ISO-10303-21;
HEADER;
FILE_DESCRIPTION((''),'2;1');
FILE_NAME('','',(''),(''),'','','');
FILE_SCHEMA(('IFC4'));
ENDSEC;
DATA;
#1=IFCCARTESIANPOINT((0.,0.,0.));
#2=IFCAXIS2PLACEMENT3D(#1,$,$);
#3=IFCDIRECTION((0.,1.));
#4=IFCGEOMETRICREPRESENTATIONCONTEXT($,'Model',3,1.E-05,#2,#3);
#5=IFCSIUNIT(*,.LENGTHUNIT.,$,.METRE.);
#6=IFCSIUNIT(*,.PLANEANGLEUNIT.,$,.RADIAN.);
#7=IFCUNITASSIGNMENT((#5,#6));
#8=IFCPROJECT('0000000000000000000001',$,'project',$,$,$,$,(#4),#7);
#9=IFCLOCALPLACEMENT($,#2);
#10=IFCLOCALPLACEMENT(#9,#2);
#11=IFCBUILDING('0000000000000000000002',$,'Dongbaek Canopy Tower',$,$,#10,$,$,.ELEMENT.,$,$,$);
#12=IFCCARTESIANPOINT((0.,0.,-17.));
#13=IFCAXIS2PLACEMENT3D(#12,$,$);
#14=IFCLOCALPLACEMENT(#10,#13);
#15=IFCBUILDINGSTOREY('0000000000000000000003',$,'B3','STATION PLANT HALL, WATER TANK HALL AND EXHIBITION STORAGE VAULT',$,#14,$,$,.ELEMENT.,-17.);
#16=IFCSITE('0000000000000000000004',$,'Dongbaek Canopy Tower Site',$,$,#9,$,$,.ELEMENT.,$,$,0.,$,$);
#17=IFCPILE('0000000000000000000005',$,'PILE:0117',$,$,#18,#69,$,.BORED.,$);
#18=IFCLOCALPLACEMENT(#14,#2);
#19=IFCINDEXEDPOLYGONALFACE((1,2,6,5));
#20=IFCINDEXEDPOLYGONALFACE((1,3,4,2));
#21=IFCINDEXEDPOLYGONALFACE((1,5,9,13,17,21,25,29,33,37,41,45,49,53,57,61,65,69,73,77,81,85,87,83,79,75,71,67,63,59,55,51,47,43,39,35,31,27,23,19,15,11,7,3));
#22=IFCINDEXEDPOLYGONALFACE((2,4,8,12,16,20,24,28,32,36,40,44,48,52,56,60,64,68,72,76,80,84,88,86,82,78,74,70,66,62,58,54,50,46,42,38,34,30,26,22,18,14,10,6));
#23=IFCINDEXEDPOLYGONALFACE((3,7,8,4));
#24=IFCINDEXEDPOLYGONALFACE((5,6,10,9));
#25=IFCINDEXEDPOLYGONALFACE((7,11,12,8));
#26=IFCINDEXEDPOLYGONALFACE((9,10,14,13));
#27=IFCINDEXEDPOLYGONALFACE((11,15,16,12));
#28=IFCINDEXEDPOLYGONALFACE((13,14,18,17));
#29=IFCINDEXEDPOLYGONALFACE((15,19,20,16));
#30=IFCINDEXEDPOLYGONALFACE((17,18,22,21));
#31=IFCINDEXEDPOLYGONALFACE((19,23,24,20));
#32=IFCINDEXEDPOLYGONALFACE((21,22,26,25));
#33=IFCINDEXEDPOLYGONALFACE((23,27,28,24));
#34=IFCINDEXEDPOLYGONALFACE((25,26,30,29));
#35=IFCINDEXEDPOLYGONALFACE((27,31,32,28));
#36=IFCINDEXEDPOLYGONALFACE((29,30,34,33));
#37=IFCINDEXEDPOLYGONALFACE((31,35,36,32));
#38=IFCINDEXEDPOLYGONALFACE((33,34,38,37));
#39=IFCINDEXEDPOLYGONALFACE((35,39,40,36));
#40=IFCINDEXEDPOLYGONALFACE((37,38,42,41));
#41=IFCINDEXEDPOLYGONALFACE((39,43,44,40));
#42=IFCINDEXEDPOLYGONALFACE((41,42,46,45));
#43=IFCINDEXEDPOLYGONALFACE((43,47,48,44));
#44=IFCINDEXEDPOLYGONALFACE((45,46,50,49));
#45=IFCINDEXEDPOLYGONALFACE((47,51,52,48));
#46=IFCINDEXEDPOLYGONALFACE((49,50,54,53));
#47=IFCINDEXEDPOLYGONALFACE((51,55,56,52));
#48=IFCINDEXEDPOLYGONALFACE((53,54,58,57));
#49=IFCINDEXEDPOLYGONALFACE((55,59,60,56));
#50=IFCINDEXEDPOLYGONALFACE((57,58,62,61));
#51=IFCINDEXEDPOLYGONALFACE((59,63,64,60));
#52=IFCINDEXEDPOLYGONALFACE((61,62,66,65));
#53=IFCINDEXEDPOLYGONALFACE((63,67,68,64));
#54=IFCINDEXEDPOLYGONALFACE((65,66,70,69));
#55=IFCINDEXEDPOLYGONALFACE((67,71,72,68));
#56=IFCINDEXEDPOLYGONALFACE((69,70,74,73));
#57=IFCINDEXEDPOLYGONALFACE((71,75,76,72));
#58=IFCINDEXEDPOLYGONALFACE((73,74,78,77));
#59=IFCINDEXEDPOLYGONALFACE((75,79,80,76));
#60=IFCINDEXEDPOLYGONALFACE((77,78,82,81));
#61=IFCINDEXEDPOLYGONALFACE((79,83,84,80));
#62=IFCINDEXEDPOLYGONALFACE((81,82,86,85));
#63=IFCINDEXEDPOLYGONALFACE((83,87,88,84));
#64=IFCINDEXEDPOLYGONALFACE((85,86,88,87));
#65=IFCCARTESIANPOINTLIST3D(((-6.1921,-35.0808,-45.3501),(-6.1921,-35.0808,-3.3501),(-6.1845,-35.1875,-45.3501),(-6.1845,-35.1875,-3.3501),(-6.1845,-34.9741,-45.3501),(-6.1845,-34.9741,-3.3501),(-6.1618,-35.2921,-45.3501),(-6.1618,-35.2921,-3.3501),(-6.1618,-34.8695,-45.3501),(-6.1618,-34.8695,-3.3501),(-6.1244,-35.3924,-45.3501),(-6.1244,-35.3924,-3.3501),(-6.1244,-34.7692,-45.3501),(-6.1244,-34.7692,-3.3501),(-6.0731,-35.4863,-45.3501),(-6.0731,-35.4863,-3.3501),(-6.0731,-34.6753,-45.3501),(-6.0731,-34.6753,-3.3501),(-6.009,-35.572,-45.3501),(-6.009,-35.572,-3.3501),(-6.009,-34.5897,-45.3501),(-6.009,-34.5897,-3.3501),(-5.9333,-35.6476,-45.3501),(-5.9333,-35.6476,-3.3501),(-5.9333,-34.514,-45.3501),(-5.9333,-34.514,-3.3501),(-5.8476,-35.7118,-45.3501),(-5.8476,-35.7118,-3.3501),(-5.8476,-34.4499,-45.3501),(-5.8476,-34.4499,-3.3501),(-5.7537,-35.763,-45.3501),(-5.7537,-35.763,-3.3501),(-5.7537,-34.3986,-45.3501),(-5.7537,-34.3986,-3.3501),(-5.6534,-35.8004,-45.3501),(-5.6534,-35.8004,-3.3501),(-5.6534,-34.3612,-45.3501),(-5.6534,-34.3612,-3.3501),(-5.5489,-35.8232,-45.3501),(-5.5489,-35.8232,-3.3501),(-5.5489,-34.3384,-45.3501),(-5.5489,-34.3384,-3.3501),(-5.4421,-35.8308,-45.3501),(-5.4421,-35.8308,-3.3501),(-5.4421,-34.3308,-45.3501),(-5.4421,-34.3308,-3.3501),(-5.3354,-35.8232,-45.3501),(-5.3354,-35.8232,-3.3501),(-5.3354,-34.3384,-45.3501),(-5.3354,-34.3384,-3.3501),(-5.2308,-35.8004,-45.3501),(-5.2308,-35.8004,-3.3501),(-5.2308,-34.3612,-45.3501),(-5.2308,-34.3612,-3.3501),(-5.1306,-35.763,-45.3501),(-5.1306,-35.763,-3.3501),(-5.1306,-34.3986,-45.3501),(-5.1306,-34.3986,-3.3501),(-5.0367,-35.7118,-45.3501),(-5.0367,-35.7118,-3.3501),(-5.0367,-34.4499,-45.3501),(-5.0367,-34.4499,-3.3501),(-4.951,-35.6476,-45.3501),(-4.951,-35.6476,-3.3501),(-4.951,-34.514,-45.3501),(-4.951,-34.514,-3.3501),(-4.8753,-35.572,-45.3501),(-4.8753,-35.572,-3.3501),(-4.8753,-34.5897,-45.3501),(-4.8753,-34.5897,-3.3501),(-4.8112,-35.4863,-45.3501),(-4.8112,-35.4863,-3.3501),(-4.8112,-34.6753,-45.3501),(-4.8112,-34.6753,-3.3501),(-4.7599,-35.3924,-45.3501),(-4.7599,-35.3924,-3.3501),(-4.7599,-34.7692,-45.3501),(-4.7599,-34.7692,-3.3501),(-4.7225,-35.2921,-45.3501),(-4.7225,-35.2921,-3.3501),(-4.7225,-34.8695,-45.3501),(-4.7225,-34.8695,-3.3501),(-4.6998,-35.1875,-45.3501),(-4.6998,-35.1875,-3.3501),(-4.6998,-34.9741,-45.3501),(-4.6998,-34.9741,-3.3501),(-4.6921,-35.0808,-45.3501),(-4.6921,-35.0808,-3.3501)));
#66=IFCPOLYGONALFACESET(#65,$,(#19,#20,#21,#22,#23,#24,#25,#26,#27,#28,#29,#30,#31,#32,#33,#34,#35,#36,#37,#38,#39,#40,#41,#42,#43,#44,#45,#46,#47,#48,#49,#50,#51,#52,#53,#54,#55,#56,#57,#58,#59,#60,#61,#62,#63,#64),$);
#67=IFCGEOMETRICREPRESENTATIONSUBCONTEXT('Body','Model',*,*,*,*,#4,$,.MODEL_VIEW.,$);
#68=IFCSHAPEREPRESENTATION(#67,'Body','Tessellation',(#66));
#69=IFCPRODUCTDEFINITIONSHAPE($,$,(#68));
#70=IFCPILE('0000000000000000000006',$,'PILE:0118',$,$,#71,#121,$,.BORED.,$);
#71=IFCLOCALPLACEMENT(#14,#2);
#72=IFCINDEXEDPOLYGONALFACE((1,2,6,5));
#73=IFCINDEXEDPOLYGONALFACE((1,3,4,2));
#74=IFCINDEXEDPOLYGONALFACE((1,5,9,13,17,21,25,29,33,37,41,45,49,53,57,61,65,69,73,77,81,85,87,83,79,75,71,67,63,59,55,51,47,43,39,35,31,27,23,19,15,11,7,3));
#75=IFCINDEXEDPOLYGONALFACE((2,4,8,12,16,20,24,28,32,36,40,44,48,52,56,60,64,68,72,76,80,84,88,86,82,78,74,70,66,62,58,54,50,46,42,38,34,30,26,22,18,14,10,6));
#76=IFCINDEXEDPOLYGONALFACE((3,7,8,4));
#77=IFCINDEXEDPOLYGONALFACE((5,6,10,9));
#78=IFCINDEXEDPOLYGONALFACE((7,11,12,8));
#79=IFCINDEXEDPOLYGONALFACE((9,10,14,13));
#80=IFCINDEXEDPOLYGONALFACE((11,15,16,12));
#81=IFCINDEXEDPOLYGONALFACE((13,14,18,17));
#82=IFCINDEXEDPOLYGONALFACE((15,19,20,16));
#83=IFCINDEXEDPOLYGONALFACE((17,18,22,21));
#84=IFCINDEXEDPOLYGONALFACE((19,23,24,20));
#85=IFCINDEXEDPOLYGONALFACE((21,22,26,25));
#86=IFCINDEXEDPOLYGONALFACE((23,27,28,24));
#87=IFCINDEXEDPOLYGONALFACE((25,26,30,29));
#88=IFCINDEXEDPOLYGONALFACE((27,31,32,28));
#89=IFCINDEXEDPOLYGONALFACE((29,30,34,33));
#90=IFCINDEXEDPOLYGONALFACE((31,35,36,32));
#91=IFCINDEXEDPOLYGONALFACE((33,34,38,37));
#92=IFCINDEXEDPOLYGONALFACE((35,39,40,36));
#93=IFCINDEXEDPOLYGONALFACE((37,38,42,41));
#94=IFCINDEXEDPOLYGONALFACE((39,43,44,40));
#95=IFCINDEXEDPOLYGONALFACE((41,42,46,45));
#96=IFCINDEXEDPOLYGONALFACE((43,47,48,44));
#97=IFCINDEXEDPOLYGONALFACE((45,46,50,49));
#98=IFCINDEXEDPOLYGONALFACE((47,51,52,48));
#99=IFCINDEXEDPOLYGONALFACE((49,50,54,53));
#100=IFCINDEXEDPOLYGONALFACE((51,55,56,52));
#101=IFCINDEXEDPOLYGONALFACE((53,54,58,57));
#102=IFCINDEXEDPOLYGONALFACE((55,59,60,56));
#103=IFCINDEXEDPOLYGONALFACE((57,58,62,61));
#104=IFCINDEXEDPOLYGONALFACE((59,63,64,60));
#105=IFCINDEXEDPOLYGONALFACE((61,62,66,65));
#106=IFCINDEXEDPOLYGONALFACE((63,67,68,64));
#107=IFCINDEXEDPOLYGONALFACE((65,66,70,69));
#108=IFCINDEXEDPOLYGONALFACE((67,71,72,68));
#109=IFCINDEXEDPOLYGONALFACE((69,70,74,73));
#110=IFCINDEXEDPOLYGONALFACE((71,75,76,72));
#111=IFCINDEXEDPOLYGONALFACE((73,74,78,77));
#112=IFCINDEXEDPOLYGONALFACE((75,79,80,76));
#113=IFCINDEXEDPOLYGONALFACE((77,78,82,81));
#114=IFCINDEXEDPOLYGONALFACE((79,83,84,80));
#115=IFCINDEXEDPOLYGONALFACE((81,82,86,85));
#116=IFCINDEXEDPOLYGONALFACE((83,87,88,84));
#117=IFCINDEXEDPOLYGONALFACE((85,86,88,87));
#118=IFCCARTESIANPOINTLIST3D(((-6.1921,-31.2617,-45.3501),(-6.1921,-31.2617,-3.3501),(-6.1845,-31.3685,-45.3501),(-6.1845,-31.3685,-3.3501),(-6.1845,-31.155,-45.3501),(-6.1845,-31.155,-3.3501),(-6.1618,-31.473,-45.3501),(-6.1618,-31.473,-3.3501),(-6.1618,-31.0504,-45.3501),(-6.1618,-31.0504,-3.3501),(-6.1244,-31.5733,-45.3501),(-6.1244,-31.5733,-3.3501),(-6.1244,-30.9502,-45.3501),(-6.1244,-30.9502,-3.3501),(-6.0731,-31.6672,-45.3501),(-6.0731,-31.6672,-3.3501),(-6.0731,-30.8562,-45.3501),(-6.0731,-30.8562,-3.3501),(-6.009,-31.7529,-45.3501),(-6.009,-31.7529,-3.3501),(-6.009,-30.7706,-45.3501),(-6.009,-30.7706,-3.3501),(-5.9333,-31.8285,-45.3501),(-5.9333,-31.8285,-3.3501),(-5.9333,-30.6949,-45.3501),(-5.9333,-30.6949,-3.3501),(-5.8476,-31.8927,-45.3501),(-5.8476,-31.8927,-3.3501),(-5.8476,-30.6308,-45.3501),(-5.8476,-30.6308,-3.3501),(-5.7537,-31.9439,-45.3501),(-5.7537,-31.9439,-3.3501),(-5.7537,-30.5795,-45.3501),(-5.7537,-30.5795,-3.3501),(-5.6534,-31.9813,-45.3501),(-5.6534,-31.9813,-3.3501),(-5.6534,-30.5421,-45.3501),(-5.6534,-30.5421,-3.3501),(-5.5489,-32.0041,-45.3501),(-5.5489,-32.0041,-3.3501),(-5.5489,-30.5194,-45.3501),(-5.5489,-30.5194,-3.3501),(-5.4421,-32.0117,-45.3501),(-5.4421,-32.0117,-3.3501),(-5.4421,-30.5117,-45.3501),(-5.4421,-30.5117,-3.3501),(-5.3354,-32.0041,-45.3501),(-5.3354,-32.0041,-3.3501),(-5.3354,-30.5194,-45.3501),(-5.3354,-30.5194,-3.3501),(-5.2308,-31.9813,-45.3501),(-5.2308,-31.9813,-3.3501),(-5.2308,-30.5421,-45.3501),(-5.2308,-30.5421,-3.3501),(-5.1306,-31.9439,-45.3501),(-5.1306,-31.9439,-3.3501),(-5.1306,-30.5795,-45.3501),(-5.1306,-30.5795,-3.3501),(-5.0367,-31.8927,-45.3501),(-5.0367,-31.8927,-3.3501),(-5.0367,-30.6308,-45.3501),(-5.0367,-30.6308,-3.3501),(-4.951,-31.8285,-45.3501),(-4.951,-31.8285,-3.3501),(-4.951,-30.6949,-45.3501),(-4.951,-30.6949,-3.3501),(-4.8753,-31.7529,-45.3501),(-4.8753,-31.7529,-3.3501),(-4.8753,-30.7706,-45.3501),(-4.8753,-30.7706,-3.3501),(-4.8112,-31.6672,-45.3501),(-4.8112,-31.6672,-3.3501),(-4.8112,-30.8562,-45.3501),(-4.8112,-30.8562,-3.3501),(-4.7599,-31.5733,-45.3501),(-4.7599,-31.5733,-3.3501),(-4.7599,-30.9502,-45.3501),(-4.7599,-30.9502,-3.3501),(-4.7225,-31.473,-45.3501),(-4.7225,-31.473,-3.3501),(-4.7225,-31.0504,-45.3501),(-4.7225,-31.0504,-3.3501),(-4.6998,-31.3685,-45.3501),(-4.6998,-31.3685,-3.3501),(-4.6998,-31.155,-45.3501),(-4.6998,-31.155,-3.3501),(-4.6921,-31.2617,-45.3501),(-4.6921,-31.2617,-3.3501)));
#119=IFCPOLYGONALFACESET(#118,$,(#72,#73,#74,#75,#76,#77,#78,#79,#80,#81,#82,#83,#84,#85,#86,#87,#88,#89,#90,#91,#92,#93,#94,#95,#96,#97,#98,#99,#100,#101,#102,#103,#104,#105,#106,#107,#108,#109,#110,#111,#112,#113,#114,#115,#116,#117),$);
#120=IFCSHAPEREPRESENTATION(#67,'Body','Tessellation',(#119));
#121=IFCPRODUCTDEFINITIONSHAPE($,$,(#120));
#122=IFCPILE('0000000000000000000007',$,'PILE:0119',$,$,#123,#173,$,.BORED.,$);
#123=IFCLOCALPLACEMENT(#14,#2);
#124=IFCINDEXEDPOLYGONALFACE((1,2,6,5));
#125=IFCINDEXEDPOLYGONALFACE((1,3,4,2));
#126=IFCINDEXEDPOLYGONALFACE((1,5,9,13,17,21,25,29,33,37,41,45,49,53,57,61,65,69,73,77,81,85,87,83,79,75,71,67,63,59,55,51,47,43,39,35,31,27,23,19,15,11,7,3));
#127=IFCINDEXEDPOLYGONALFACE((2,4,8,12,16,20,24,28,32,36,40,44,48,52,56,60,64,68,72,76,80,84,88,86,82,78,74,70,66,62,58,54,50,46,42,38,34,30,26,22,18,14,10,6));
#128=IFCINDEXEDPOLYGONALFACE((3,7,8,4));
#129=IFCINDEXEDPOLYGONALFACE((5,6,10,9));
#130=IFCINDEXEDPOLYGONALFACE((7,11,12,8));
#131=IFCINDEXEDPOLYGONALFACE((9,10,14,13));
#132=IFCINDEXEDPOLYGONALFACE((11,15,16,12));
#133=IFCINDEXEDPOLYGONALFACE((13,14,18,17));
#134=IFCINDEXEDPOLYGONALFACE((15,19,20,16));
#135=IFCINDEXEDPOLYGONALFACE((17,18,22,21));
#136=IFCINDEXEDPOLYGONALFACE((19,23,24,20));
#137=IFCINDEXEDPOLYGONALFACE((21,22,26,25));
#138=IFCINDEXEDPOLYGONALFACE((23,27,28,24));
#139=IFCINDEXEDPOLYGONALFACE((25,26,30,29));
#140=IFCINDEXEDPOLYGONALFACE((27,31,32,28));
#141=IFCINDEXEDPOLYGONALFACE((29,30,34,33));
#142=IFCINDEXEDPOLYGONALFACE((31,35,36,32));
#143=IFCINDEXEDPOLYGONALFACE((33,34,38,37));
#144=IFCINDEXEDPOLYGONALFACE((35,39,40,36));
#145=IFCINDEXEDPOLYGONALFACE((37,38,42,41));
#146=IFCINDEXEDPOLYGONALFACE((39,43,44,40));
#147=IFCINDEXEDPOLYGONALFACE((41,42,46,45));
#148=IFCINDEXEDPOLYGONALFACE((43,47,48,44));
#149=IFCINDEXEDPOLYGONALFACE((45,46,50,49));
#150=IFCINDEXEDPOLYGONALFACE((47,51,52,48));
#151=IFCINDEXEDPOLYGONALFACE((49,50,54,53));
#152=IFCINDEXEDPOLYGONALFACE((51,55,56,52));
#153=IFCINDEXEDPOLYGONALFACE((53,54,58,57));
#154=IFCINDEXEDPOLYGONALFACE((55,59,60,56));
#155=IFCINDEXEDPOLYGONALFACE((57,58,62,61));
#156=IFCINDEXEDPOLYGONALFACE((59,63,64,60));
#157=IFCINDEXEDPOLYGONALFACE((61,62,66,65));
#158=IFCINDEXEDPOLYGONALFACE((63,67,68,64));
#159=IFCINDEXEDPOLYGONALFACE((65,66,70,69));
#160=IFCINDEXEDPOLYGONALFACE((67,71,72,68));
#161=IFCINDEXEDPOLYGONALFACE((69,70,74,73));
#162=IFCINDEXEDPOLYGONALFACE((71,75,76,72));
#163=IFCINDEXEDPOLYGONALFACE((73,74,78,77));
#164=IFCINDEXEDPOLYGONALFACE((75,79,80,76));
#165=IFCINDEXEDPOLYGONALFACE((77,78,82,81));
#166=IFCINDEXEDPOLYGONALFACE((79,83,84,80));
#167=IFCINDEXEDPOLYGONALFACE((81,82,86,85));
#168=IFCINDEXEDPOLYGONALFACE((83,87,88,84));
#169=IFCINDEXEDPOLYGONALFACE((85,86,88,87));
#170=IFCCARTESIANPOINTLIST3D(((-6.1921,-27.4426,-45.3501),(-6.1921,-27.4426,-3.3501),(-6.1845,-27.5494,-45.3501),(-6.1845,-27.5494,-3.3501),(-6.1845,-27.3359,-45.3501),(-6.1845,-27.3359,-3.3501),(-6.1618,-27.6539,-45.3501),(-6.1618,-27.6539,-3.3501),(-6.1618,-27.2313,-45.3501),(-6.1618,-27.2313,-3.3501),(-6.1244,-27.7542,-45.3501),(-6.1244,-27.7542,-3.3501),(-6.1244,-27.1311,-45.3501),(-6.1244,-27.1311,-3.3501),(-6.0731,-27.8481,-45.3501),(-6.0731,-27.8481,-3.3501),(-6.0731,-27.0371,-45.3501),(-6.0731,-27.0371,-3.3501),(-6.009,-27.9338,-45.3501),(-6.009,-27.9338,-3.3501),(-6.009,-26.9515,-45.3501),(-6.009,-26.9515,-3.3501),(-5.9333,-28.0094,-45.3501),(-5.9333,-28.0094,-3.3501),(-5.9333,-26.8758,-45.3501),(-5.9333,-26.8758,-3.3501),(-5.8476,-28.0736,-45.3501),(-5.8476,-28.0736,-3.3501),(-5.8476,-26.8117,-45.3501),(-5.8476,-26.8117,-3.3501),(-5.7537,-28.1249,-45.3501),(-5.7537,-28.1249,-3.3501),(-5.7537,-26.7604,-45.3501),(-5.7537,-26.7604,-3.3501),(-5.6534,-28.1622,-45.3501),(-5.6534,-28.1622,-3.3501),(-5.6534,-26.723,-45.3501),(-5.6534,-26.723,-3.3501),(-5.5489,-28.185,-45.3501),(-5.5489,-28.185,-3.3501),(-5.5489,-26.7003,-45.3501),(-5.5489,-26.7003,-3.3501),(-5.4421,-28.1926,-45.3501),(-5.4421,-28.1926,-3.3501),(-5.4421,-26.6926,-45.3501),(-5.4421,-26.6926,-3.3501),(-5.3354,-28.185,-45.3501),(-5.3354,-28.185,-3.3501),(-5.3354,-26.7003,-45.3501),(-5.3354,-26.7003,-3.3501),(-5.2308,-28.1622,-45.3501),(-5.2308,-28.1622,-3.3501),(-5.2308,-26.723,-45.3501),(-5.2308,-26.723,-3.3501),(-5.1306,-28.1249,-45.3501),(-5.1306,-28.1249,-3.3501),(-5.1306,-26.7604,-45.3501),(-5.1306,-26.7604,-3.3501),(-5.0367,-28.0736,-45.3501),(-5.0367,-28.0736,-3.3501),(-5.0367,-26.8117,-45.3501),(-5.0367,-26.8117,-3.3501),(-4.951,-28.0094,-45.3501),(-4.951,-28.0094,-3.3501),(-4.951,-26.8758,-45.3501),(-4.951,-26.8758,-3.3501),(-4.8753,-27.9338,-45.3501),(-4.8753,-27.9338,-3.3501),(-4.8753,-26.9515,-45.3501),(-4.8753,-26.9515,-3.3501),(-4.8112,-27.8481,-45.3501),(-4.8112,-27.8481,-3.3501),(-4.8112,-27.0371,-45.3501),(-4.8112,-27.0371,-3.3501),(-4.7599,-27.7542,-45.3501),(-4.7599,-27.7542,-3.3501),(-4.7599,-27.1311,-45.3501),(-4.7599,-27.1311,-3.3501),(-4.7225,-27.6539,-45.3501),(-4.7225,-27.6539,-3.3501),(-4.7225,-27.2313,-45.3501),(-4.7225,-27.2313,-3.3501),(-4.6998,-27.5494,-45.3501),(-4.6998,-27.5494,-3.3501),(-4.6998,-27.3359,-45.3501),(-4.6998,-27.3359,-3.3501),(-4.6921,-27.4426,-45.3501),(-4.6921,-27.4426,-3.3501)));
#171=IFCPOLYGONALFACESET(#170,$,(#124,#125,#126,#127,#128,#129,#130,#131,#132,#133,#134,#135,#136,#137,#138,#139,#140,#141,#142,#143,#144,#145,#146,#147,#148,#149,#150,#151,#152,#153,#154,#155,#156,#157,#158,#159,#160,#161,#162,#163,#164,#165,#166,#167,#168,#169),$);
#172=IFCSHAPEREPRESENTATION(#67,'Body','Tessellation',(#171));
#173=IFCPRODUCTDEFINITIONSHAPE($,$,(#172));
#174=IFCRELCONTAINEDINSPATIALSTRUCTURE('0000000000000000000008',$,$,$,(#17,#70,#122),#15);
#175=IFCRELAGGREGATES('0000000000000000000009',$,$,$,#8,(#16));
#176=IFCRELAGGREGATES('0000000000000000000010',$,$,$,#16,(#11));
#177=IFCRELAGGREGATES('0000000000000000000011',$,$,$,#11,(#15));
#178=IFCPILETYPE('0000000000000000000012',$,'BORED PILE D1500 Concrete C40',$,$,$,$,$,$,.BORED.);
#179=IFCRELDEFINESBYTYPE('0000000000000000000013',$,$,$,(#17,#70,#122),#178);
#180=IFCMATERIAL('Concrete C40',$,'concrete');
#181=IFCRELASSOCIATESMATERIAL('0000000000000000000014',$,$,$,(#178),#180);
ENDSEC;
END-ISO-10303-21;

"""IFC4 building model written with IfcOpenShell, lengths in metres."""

from ifc_helpers import new_model, si_unit, direction, frame, origin, origin_2d, place, context, subcontext, project, spatial, circle, extrude, material, material_profile, profile_set, type_object, element, save


model = new_model("IFC4")

# Units and contexts
model_context = context("Model", 3, precision=1e-05, world=origin(), true_north=direction((0.0, 1.0)))
body_context = subcontext(model_context, "Body", "Model", "MODEL_VIEW")
ifc_project = project(units=[si_unit("LENGTHUNIT", "METRE"), si_unit("PLANEANGLEUNIT", "RADIAN")], contexts=[model_context])

# Site, building, storey
site_placement = place(None, origin())
site = spatial("IfcSite", under=ifc_project, at=site_placement, Name="Dongbaek Canopy Tower Site", CompositionType="ELEMENT", RefElevation=0.0)
building_placement = place(site_placement, origin())
building = spatial("IfcBuilding", under=site, at=building_placement, Name="Dongbaek Canopy Tower", CompositionType="ELEMENT")
storey_placement = place(building_placement, frame((0.0, 0.0, -17.0)))
storey = spatial("IfcBuildingStorey", under=building, at=storey_placement, Name="B3", Description="STATION PLANT HALL, WATER TANK HALL AND EXHIBITION STORAGE VAULT", CompositionType="ELEMENT", Elevation=-17.0)

# Piles
ifc_material_1 = material(Name="Concrete C40", Category="concrete")
ifc_material_profile_1 = material_profile(ifc_material_1, circle(Radius=0.75, at=origin_2d()), Name="BORED PILE D1500 Concrete C40")
ifc_profile_set_1 = profile_set([ifc_material_profile_1], Name="Concrete C40")
pile_type = type_object("IfcPileType", Name="BORED PILE D1500 Concrete C40", PredefinedType="BORED", material=ifc_profile_set_1)
for number, where, z_axis, x_axis, name in (
    (1, (-5.4421, -35.0808, -3.3501), (0.0, 0.0, -1.0), (1.0, 0.0, 0.0), "PILE:0117"),
    (2, (-5.4421, -31.2617, -3.3501), (0.0, 0.0, -1.0), (1.0, 0.0, 0.0), "PILE:0118"),
    (3, (-5.4421, -27.4426, -3.3501), (0.0, 0.0, -1.0), (1.0, 0.0, 0.0), "PILE:0119"),
):
    element("IfcPile", number, at=place(storey_placement, frame(where, z_axis=z_axis, x_axis=x_axis)), inside=storey, type_object=pile_type, Name=name, PredefinedType="BORED", context=body_context, shape_type="SweptSolid", body=[
        extrude(circle(Radius=0.75, at=origin_2d()), origin(), (0.0, 0.0, 1.0), 42.0),
    ])

save(model, "model.ifc")
